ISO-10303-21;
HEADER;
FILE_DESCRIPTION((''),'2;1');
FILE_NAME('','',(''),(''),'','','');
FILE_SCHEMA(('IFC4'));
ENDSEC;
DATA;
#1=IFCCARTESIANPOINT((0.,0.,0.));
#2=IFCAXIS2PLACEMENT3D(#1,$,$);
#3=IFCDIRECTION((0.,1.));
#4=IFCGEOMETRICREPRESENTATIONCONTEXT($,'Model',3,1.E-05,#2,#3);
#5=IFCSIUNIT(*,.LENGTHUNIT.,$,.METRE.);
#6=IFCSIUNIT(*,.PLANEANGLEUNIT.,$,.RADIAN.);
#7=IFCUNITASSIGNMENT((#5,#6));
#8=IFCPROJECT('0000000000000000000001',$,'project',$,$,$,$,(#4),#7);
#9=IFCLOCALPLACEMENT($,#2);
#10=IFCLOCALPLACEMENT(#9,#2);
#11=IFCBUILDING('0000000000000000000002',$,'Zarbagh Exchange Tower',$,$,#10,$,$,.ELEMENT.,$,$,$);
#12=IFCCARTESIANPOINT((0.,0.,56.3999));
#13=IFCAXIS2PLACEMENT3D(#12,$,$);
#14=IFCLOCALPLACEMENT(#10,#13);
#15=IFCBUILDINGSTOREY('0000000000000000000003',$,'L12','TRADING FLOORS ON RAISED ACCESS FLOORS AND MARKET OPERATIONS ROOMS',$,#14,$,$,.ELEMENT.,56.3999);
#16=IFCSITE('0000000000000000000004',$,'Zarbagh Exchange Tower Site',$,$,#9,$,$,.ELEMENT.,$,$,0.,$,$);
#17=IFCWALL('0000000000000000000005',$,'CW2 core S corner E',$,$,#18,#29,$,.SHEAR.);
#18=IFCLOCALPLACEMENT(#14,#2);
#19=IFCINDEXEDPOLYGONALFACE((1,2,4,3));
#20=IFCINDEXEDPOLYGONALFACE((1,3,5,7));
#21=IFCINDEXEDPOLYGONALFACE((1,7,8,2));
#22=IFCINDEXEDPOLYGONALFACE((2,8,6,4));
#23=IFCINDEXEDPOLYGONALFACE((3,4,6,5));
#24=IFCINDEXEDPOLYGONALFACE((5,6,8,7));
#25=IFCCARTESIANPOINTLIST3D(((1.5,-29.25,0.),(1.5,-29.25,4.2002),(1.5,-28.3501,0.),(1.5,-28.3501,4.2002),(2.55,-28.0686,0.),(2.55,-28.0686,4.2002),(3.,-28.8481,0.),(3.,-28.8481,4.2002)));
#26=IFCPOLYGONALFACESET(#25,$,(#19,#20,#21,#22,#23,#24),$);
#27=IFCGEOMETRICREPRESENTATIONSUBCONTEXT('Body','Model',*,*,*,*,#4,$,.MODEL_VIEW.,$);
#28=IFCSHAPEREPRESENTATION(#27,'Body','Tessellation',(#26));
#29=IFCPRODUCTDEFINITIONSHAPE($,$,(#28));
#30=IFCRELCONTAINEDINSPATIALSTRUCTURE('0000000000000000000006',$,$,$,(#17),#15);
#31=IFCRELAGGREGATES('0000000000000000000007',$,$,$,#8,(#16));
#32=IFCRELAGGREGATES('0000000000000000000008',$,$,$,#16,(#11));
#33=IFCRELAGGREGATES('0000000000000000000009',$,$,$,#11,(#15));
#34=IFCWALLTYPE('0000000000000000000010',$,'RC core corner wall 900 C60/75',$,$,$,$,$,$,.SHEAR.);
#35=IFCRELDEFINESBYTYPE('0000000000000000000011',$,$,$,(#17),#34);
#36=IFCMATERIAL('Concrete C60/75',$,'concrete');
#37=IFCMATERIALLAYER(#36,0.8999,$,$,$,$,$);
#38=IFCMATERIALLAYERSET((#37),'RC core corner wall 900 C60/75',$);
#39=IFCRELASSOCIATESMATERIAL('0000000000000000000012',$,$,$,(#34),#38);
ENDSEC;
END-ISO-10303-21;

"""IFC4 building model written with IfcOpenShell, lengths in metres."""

from ifc_helpers import new_model, si_unit, direction, frame, origin, place, context, subcontext, project, spatial, polyline, outline, extrude, material, layer, layer_set, type_object, element, save


model = new_model("IFC4")

# Units and contexts
model_context = context("Model", 3, precision=1e-05, world=origin(), true_north=direction((0.0, 1.0)))
body_context = subcontext(model_context, "Body", "Model", "MODEL_VIEW")
ifc_project = project(units=[si_unit("LENGTHUNIT", "METRE"), si_unit("PLANEANGLEUNIT", "RADIAN")], contexts=[model_context])

# Site, building, storey
site_placement = place(None, origin())
site = spatial("IfcSite", under=ifc_project, at=site_placement, Name="Zarbagh Exchange Tower Site", CompositionType="ELEMENT", RefElevation=0.0)
building_placement = place(site_placement, origin())
building = spatial("IfcBuilding", under=site, at=building_placement, Name="Zarbagh Exchange Tower", CompositionType="ELEMENT")
storey_placement = place(building_placement, frame((0.0, 0.0, 56.3999)))
storey = spatial("IfcBuildingStorey", under=building, at=storey_placement, Name="L12", Description="TRADING FLOORS ON RAISED ACCESS FLOORS AND MARKET OPERATIONS ROOMS", CompositionType="ELEMENT", Elevation=56.3999)

# Wall
ifc_material_1 = material(Name="Concrete C60/75", Category="concrete")
ifc_layer_1 = layer(ifc_material_1, 0.8999)
ifc_layer_set_1 = layer_set([ifc_layer_1], Name="RC core corner wall 900 C60/75")
wall_type = type_object("IfcWallType", Name="RC core corner wall 900 C60/75", PredefinedType="SHEAR", material=ifc_layer_set_1)
wall_1_placement = place(storey_placement, origin())
element("IfcWall", 1, at=wall_1_placement, inside=storey, type_object=wall_type, Name="CW2 core S corner E", PredefinedType="SHEAR", context=body_context, shape_type="SweptSolid", body=[
    extrude(outline(polyline([(3.0, -28.8481), (1.5, -29.25), (1.5, -28.3501), (2.55, -28.0686), (3.0, -28.8481)])), origin(), (0.0, 0.0, 1.0), 4.2002),
])

save(model, "model.ifc")
